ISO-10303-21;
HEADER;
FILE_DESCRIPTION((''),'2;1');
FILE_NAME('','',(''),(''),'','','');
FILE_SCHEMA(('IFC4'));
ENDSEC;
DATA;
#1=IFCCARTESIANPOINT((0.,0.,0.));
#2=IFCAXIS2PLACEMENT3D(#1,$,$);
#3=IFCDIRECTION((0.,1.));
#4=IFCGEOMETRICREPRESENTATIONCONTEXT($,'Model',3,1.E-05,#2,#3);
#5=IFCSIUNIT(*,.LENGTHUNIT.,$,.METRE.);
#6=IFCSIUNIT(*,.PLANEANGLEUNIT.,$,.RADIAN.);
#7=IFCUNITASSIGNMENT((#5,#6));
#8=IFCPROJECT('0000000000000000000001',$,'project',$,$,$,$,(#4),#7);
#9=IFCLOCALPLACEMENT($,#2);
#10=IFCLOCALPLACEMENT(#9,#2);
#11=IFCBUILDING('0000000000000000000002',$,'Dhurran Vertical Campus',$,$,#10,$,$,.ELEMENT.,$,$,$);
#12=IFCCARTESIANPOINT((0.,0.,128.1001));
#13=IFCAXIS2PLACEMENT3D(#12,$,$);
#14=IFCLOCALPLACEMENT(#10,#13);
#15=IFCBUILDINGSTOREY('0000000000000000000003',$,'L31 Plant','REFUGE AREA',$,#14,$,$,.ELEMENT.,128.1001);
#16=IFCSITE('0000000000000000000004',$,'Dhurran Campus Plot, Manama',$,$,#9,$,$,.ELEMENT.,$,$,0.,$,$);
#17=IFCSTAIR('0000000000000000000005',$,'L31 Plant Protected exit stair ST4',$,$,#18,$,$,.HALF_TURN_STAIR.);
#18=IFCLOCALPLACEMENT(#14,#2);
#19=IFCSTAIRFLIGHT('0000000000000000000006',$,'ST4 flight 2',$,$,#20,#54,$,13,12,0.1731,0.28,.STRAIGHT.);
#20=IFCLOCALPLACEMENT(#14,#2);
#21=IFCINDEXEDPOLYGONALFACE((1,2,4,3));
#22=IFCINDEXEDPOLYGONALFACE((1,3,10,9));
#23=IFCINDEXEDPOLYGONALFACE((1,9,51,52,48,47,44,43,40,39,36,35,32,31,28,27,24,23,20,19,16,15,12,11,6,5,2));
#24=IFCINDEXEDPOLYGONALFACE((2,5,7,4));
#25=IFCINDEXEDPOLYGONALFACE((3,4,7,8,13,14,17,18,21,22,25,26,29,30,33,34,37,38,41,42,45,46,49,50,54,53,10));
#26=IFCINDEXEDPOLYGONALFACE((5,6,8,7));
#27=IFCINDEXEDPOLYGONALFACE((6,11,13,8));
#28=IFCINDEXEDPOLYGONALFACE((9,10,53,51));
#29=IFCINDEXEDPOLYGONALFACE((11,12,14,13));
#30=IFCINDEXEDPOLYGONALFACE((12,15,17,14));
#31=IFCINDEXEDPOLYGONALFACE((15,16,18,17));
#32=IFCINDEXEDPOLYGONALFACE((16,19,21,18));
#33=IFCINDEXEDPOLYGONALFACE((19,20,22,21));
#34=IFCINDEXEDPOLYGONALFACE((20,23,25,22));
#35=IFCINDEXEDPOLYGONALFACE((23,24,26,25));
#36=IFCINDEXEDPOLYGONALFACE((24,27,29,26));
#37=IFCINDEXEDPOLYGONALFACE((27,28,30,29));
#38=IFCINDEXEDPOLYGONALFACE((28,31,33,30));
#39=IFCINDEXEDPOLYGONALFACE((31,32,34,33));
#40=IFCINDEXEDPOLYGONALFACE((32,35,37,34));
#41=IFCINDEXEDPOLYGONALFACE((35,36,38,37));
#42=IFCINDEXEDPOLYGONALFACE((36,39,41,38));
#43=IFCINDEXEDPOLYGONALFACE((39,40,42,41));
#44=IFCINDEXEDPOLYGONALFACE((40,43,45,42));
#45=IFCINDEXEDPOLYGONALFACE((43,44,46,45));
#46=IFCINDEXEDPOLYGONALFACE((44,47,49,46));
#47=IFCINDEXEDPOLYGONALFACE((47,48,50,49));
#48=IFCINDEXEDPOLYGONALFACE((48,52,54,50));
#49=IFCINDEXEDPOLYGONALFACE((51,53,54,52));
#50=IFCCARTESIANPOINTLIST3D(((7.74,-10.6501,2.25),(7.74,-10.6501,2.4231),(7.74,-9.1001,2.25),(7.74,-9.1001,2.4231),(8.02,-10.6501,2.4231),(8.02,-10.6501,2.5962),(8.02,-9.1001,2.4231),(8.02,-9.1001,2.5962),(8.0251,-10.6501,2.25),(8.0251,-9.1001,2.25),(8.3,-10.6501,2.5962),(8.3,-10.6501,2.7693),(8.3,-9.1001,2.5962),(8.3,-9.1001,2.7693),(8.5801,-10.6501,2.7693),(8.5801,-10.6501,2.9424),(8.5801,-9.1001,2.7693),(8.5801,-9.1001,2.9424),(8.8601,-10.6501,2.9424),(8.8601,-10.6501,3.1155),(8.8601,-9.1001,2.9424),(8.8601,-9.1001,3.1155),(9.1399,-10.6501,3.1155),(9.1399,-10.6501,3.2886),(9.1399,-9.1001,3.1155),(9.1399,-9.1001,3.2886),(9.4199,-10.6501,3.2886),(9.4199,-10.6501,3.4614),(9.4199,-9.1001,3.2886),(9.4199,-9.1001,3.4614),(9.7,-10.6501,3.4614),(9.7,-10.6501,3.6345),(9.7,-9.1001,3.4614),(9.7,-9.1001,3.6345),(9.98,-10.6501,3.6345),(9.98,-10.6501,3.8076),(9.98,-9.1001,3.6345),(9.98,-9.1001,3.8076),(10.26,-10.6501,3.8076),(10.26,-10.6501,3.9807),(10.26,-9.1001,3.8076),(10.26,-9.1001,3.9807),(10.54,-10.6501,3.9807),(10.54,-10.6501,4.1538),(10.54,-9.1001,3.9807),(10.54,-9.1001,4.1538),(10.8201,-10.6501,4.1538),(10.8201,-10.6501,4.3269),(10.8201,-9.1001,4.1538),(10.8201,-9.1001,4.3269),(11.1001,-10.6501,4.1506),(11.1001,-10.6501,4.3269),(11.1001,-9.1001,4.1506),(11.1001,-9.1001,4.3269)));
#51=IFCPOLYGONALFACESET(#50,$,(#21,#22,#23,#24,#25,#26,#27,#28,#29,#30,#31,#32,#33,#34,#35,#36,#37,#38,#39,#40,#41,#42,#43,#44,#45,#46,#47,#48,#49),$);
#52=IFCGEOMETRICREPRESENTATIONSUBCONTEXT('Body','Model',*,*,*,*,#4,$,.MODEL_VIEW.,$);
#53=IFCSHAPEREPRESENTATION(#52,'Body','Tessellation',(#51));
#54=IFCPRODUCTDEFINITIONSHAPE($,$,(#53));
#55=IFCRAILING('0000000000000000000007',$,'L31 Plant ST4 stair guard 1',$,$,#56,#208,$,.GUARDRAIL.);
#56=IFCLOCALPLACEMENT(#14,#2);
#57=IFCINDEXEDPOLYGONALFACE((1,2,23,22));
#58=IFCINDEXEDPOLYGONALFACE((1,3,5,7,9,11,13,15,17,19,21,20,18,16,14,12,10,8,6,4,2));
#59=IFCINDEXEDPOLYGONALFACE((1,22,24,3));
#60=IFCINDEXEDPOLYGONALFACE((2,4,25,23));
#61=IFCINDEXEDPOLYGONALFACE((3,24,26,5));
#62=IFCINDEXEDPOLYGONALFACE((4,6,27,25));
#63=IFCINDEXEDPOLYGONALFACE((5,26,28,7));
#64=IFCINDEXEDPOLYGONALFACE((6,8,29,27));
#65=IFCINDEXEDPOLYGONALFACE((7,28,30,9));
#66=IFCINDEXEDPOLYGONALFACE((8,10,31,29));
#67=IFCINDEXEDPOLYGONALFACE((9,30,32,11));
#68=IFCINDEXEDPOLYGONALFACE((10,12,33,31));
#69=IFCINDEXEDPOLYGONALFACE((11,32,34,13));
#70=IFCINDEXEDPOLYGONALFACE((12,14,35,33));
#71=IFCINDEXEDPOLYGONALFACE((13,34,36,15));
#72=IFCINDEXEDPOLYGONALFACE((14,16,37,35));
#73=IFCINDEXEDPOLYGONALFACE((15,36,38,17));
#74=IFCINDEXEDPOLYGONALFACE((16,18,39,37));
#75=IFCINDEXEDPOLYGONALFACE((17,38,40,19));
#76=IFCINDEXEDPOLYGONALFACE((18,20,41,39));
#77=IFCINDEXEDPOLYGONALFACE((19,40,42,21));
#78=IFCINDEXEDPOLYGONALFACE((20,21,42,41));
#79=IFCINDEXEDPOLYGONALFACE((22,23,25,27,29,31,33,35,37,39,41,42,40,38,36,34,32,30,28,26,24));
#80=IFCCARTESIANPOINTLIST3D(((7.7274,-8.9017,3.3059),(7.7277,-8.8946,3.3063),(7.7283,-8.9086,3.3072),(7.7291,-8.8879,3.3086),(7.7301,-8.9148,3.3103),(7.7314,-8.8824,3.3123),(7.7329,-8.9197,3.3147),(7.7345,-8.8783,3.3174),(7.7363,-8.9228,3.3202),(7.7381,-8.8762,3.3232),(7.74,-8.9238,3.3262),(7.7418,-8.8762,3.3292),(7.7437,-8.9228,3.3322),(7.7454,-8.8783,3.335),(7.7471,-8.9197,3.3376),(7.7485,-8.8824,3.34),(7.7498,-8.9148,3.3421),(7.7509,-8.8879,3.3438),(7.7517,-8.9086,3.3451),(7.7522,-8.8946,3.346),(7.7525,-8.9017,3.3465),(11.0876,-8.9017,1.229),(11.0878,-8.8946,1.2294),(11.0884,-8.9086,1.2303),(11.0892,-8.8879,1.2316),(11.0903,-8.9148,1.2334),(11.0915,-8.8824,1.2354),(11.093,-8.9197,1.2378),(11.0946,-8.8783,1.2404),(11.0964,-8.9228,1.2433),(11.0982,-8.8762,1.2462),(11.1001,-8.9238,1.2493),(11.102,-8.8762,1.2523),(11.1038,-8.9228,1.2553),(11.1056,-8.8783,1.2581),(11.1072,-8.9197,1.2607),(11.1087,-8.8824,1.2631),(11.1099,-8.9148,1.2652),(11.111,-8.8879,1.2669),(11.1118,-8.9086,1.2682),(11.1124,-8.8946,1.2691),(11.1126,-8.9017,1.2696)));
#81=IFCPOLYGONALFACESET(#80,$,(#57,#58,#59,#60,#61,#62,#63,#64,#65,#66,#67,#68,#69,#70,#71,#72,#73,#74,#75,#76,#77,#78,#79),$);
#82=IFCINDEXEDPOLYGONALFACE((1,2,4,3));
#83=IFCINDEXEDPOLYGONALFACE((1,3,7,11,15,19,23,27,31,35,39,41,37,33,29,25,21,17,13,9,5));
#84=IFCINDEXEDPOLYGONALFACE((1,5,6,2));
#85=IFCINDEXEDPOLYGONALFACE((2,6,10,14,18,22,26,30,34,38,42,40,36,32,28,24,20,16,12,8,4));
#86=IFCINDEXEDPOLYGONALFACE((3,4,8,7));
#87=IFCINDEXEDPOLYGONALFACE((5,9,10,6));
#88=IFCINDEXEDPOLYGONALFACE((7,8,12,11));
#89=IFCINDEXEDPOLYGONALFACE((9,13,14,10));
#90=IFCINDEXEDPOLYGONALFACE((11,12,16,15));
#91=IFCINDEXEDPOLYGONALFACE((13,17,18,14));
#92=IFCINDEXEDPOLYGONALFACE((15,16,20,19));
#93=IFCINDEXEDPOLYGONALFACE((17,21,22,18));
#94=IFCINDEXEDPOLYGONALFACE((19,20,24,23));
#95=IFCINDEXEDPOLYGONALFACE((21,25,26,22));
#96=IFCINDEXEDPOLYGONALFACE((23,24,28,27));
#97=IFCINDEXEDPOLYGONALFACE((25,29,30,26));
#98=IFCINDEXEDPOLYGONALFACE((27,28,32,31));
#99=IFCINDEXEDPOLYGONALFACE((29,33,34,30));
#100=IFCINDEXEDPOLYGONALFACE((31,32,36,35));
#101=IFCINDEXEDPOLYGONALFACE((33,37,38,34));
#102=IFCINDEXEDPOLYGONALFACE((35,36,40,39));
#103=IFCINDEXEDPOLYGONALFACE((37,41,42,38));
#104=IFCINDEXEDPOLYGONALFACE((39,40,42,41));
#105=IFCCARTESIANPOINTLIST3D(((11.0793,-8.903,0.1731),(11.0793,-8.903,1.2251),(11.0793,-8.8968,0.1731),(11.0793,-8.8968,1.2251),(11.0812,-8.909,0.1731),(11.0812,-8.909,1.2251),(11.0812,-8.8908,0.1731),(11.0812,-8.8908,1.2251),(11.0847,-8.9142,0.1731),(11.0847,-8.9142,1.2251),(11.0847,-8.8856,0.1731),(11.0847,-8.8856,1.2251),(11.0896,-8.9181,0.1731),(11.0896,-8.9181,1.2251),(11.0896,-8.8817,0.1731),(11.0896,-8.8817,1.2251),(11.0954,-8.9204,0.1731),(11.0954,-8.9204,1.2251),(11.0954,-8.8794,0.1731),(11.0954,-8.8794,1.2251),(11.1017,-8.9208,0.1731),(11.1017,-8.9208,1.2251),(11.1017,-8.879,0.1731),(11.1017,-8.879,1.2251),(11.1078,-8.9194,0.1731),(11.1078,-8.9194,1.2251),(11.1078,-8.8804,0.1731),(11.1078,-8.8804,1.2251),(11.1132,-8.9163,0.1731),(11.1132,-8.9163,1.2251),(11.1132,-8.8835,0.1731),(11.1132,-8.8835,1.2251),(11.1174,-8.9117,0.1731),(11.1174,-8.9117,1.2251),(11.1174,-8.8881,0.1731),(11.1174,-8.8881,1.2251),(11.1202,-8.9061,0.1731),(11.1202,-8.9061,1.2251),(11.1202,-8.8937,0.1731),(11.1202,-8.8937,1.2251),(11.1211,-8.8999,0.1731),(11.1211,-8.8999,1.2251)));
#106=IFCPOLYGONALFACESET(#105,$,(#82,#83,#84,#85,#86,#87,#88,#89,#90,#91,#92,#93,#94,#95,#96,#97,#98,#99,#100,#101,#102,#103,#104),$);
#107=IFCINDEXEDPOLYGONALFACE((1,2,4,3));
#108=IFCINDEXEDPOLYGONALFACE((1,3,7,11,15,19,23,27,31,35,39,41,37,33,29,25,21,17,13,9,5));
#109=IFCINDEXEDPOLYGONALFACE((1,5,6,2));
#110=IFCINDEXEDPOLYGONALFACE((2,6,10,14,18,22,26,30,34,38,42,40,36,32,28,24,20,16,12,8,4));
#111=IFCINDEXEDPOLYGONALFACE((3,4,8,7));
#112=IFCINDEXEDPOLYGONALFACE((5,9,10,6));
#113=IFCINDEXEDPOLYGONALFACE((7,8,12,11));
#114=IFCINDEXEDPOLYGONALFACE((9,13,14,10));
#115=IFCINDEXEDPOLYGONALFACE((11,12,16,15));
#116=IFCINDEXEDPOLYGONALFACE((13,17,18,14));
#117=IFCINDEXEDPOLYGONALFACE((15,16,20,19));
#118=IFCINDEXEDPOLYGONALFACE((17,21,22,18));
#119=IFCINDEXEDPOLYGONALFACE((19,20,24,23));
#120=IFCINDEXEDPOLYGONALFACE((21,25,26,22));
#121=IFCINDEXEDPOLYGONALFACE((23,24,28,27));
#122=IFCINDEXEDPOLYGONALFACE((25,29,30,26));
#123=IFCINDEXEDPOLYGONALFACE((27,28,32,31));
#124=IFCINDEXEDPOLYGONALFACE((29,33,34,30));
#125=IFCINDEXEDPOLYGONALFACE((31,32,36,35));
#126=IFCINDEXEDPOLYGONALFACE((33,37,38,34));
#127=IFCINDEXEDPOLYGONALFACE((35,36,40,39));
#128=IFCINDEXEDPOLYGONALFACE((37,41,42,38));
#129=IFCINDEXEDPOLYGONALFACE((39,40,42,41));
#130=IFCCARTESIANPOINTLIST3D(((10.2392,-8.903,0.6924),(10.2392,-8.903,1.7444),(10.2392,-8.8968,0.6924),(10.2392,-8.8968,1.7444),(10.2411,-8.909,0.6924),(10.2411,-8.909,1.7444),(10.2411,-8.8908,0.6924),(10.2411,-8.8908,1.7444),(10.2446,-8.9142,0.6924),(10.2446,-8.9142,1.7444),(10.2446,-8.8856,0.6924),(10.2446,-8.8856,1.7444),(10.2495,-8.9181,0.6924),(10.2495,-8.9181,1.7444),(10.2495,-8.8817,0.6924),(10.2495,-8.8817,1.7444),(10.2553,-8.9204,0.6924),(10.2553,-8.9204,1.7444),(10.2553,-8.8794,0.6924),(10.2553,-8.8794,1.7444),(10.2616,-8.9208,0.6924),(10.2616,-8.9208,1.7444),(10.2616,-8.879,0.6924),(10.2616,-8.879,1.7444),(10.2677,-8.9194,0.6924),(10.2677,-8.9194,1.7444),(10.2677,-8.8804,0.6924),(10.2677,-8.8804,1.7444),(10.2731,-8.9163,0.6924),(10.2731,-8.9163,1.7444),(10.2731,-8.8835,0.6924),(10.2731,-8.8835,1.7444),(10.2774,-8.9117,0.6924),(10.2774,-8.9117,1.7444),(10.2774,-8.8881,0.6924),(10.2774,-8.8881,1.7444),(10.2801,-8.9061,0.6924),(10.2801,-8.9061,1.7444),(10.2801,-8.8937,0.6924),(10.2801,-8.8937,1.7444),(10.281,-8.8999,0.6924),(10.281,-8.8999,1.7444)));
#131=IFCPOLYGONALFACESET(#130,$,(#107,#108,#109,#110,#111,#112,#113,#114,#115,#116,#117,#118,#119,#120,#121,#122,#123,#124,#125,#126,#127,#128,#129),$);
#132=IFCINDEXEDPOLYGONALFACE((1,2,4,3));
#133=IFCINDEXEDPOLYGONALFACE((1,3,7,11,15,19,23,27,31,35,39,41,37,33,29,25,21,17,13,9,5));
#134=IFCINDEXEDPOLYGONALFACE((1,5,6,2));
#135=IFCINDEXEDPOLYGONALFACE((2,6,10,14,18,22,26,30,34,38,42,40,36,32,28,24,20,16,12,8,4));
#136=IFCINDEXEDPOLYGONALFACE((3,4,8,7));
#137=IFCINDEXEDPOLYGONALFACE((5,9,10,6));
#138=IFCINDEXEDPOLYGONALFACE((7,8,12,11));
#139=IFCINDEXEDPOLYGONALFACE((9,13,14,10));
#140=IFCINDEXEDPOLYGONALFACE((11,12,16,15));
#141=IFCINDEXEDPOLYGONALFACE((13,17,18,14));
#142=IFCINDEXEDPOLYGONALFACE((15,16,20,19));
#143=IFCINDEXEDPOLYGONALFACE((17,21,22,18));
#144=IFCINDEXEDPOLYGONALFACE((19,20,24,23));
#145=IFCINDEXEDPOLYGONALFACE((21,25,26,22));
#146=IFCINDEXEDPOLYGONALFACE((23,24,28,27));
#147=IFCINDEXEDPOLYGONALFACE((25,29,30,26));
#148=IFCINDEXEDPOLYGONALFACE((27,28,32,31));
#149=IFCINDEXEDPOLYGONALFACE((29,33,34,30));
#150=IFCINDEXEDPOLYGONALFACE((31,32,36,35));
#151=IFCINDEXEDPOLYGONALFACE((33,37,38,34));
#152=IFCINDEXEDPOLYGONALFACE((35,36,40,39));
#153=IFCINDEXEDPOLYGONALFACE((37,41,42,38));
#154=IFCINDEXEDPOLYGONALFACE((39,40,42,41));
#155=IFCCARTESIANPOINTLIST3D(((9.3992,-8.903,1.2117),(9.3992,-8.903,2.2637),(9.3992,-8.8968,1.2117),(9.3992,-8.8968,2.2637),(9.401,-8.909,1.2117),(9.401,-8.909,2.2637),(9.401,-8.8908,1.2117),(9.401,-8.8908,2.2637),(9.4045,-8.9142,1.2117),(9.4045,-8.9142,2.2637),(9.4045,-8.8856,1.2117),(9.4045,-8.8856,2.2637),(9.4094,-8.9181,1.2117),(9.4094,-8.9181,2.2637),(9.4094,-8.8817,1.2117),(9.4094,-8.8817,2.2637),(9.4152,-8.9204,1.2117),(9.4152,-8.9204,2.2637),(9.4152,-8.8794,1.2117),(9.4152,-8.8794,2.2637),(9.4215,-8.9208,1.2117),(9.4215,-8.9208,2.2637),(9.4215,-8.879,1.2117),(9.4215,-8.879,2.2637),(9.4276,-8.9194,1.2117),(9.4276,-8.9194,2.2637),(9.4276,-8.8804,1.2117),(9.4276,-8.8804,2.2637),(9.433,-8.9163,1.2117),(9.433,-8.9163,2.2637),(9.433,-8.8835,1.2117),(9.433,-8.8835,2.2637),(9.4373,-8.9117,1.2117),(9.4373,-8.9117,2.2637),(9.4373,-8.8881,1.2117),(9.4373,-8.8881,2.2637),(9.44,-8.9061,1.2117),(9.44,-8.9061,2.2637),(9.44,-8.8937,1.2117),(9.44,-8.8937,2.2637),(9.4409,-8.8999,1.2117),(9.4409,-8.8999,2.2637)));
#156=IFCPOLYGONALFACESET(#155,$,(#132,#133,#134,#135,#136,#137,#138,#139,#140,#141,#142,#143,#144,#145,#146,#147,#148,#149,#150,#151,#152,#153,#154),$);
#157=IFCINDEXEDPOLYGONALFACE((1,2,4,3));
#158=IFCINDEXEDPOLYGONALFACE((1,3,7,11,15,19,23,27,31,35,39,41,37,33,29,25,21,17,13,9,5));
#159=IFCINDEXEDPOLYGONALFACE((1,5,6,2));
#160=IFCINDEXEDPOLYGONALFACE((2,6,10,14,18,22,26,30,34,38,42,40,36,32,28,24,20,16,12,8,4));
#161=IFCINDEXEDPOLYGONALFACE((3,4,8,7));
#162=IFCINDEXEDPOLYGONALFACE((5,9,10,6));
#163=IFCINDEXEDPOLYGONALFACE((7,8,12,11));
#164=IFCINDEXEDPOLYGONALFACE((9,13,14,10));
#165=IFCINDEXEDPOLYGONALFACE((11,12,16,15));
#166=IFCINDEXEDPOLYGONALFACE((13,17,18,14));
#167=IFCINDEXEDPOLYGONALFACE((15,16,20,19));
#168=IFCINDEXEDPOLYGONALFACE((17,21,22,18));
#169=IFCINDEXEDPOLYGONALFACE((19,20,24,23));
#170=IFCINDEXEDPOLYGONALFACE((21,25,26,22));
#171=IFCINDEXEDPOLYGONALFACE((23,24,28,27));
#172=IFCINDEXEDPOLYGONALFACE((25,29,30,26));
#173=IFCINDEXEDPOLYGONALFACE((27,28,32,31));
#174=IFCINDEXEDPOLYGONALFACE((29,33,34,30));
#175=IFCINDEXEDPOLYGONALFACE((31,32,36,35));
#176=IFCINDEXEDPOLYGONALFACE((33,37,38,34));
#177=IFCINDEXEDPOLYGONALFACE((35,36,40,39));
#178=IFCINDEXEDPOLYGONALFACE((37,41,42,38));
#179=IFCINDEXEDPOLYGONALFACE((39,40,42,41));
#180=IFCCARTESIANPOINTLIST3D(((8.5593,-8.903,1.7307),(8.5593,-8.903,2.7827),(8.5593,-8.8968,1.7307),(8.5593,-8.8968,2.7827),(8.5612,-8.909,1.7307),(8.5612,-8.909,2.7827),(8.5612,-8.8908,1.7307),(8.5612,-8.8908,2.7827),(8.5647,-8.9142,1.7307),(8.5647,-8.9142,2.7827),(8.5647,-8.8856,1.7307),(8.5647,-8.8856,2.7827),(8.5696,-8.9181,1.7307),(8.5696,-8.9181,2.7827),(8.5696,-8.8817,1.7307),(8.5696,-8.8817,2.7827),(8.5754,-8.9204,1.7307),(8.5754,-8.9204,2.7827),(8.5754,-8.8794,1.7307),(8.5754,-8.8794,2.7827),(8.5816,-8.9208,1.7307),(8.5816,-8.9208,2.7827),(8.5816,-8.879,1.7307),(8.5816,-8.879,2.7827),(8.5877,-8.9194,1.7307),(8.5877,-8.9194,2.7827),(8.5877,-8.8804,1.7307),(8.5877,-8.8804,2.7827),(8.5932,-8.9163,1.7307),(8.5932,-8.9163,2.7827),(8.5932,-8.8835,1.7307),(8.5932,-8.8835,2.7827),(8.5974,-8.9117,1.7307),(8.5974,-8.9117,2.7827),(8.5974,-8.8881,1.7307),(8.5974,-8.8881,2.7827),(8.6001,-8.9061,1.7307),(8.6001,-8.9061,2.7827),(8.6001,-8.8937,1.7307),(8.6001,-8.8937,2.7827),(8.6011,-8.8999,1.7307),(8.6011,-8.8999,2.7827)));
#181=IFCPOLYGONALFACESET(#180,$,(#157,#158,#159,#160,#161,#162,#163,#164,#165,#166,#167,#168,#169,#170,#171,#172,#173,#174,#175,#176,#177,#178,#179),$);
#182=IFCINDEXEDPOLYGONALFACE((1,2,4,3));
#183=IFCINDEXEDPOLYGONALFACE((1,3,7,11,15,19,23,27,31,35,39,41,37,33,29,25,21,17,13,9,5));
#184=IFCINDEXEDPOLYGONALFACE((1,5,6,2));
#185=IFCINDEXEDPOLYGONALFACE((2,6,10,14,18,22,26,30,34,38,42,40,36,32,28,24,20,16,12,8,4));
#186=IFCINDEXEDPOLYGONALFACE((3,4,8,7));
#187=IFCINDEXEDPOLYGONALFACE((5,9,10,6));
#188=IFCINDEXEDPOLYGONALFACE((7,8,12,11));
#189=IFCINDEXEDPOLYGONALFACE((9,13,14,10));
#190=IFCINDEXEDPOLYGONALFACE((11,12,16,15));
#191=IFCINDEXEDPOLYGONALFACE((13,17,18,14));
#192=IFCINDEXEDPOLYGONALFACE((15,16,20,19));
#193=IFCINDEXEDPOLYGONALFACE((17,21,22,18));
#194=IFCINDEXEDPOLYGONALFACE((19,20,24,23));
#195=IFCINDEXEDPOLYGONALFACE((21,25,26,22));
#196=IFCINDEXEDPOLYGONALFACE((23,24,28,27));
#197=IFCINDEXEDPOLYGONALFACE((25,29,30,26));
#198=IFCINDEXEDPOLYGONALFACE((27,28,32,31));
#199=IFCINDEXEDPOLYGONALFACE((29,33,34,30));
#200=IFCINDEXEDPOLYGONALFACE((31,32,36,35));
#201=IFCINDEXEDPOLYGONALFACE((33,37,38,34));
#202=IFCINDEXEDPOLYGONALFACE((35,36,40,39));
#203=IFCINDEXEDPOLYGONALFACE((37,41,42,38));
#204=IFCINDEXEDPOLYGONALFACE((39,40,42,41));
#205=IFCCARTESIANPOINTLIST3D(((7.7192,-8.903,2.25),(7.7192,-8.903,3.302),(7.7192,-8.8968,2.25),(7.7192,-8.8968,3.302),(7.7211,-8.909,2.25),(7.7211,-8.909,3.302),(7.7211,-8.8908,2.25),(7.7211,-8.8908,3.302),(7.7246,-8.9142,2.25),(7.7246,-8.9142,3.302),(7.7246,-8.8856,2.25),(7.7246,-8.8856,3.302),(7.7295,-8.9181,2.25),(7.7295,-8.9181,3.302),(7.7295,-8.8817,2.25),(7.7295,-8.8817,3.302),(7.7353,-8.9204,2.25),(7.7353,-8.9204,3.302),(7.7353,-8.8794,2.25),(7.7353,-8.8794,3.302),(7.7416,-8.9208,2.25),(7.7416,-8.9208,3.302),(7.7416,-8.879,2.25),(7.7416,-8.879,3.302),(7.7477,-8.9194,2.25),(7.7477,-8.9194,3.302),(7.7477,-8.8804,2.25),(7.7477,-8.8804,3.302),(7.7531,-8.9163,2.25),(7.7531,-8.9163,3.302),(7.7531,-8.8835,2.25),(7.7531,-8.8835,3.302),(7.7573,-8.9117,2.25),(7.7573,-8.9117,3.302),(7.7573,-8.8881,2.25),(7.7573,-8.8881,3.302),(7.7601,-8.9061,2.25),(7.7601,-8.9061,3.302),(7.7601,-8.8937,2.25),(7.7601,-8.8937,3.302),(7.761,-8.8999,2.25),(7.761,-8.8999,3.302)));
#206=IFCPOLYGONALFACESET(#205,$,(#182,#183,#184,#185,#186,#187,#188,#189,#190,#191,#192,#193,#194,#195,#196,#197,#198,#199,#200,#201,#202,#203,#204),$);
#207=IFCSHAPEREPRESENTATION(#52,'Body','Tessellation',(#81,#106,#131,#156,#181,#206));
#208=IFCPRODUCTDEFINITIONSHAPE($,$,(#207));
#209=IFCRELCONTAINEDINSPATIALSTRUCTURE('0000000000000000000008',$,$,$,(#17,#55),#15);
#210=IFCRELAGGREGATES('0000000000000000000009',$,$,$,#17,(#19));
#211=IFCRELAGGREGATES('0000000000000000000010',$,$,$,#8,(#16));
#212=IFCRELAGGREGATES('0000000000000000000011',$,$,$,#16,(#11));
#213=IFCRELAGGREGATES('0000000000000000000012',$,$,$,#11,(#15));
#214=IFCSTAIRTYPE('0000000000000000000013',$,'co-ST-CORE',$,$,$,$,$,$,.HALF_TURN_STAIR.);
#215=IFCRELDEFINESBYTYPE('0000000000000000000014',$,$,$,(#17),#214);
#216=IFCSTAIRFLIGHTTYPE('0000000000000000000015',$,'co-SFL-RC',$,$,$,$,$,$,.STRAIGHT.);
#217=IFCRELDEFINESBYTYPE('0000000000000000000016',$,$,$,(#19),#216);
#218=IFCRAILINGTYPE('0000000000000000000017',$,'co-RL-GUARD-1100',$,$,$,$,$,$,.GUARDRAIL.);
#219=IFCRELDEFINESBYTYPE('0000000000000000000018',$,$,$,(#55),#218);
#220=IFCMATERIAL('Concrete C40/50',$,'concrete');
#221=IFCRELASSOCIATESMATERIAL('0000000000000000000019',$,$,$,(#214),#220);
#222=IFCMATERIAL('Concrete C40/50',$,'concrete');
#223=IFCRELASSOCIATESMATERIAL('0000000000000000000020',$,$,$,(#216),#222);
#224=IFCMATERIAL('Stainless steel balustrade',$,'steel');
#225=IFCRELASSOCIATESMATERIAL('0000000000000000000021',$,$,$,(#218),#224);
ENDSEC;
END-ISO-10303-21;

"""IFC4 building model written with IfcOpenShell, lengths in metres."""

from ifc_helpers import new_model, si_unit, direction, frame, origin, origin_2d, place, context, subcontext, project, spatial, polyline, circle, outline, extrude, material, type_object, element, aggregate, save


model = new_model("IFC4")

# Units and contexts
model_context = context("Model", 3, precision=1e-05, world=origin(), true_north=direction((0.0, 1.0)))
body_context = subcontext(model_context, "Body", "Model", "MODEL_VIEW")
ifc_project = project(units=[si_unit("LENGTHUNIT", "METRE"), si_unit("PLANEANGLEUNIT", "RADIAN")], contexts=[model_context])

# Site, building, storey
site_placement = place(None, origin())
site = spatial("IfcSite", under=ifc_project, at=site_placement, Name="Dhurran Campus Plot, Manama", CompositionType="ELEMENT", RefElevation=0.0)
building_placement = place(site_placement, origin())
building = spatial("IfcBuilding", under=site, at=building_placement, Name="Dhurran Vertical Campus", CompositionType="ELEMENT")
storey_placement = place(building_placement, frame((0.0, 0.0, 128.1001)))
storey = spatial("IfcBuildingStorey", under=building, at=storey_placement, Name="L31 Plant", Description="REFUGE AREA", CompositionType="ELEMENT", Elevation=128.1001)

# Stair, stair flight
ifc_material_1 = material(Name="Concrete C40/50", Category="concrete")
stair_type = type_object("IfcStairType", Name="co-ST-CORE", PredefinedType="HALF_TURN_STAIR", material=ifc_material_1)
stair_placement = place(storey_placement, origin())
stair = element("IfcStair", 1, at=stair_placement, inside=storey, type_object=stair_type, Name="L31 Plant Protected exit stair ST4", PredefinedType="HALF_TURN_STAIR")
ifc_material_2 = material(Name="Concrete C40/50", Category="concrete")
stair_flight_type = type_object("IfcStairFlightType", Name="co-SFL-RC", PredefinedType="STRAIGHT", material=ifc_material_2)
stair_flight_1_placement = place(storey_placement, frame((7.74, -9.875, 2.25), z_axis=(0.0, 0.0, 1.0), x_axis=(1.0, 0.0, 0.0)))
stair_flight_1 = element("IfcStairFlight", 2, at=stair_flight_1_placement, type_object=stair_flight_type, Name="ST4 flight 2", NumberOfRisers=13, NumberOfTreads=12, PredefinedType="STRAIGHT", RiserHeight=0.1731, TreadLength=0.28, context=body_context, shape_type="SweptSolid", body=[
    extrude(outline(polyline([(0.0, 0.0), (0.0, 0.1731), (0.28, 0.1731), (0.28, 0.3462), (0.5601, 0.3462), (0.5601, 0.5193), (0.8401, 0.5193), (0.8401, 0.6924), (1.1201, 0.6924), (1.1201, 0.8655), (1.3999, 0.8655), (1.3999, 1.0386), (1.6799, 1.0386), (1.6799, 1.2114), (1.96, 1.2114), (1.96, 1.3845), (2.24, 1.3845), (2.24, 1.5576), (2.52, 1.5576), (2.52, 1.7307), (2.8, 1.7307), (2.8, 1.9038), (3.0801, 1.9038), (3.0801, 2.0769), (3.3601, 2.0769), (3.3601, 2.25), (3.3601, 1.9006), (0.2852, 0.0), (0.0, 0.0)])), frame((0.0, 0.7749, 0.0), z_axis=(0.0, -1.0, 0.0), x_axis=(1.0, 0.0, 0.0)), (0.0, 0.0, 1.0), 1.55),
])
aggregate(stair, [stair_flight_1])

# Railing
ifc_material_3 = material(Name="Stainless steel balustrade", Category="steel")
railing_type_1 = type_object("IfcRailingType", Name="co-RL-GUARD-1100", PredefinedType="GUARDRAIL", material=ifc_material_3)
railing_1_placement = place(storey_placement, frame((11.1001, -8.8999, 0.1731)))
element("IfcRailing", 3, at=railing_1_placement, inside=storey, type_object=railing_type_1, Name="L31 Plant ST4 stair guard 1", PredefinedType="GUARDRAIL", context=body_context, shape_type="SweptSolid", body=[
    extrude(circle(Radius=0.0239, at=origin_2d()), frame((0.0, 0.0, 1.0762), z_axis=(-0.850623, 0.0, 0.525776), x_axis=(0.0, -1.0, 0.0)), (0.0, 0.0, 1.0), 3.9502),
    extrude(circle(Radius=0.021, at=origin_2d()), origin(), (0.0, 0.0, 1.0), 1.052),
    extrude(circle(Radius=0.021, at=origin_2d()), frame((-0.8401, 0.0, 0.5193)), (0.0, 0.0, 1.0), 1.052),
    extrude(circle(Radius=0.021, at=origin_2d()), frame((-1.6802, 0.0, 1.0386)), (0.0, 0.0, 1.0), 1.052),
    extrude(circle(Radius=0.021, at=origin_2d()), frame((-2.52, 0.0, 1.5576)), (0.0, 0.0, 1.0), 1.052),
    extrude(circle(Radius=0.021, at=origin_2d()), frame((-3.3601, 0.0, 2.0769)), (0.0, 0.0, 1.0), 1.052),
])

save(model, "model.ifc")
